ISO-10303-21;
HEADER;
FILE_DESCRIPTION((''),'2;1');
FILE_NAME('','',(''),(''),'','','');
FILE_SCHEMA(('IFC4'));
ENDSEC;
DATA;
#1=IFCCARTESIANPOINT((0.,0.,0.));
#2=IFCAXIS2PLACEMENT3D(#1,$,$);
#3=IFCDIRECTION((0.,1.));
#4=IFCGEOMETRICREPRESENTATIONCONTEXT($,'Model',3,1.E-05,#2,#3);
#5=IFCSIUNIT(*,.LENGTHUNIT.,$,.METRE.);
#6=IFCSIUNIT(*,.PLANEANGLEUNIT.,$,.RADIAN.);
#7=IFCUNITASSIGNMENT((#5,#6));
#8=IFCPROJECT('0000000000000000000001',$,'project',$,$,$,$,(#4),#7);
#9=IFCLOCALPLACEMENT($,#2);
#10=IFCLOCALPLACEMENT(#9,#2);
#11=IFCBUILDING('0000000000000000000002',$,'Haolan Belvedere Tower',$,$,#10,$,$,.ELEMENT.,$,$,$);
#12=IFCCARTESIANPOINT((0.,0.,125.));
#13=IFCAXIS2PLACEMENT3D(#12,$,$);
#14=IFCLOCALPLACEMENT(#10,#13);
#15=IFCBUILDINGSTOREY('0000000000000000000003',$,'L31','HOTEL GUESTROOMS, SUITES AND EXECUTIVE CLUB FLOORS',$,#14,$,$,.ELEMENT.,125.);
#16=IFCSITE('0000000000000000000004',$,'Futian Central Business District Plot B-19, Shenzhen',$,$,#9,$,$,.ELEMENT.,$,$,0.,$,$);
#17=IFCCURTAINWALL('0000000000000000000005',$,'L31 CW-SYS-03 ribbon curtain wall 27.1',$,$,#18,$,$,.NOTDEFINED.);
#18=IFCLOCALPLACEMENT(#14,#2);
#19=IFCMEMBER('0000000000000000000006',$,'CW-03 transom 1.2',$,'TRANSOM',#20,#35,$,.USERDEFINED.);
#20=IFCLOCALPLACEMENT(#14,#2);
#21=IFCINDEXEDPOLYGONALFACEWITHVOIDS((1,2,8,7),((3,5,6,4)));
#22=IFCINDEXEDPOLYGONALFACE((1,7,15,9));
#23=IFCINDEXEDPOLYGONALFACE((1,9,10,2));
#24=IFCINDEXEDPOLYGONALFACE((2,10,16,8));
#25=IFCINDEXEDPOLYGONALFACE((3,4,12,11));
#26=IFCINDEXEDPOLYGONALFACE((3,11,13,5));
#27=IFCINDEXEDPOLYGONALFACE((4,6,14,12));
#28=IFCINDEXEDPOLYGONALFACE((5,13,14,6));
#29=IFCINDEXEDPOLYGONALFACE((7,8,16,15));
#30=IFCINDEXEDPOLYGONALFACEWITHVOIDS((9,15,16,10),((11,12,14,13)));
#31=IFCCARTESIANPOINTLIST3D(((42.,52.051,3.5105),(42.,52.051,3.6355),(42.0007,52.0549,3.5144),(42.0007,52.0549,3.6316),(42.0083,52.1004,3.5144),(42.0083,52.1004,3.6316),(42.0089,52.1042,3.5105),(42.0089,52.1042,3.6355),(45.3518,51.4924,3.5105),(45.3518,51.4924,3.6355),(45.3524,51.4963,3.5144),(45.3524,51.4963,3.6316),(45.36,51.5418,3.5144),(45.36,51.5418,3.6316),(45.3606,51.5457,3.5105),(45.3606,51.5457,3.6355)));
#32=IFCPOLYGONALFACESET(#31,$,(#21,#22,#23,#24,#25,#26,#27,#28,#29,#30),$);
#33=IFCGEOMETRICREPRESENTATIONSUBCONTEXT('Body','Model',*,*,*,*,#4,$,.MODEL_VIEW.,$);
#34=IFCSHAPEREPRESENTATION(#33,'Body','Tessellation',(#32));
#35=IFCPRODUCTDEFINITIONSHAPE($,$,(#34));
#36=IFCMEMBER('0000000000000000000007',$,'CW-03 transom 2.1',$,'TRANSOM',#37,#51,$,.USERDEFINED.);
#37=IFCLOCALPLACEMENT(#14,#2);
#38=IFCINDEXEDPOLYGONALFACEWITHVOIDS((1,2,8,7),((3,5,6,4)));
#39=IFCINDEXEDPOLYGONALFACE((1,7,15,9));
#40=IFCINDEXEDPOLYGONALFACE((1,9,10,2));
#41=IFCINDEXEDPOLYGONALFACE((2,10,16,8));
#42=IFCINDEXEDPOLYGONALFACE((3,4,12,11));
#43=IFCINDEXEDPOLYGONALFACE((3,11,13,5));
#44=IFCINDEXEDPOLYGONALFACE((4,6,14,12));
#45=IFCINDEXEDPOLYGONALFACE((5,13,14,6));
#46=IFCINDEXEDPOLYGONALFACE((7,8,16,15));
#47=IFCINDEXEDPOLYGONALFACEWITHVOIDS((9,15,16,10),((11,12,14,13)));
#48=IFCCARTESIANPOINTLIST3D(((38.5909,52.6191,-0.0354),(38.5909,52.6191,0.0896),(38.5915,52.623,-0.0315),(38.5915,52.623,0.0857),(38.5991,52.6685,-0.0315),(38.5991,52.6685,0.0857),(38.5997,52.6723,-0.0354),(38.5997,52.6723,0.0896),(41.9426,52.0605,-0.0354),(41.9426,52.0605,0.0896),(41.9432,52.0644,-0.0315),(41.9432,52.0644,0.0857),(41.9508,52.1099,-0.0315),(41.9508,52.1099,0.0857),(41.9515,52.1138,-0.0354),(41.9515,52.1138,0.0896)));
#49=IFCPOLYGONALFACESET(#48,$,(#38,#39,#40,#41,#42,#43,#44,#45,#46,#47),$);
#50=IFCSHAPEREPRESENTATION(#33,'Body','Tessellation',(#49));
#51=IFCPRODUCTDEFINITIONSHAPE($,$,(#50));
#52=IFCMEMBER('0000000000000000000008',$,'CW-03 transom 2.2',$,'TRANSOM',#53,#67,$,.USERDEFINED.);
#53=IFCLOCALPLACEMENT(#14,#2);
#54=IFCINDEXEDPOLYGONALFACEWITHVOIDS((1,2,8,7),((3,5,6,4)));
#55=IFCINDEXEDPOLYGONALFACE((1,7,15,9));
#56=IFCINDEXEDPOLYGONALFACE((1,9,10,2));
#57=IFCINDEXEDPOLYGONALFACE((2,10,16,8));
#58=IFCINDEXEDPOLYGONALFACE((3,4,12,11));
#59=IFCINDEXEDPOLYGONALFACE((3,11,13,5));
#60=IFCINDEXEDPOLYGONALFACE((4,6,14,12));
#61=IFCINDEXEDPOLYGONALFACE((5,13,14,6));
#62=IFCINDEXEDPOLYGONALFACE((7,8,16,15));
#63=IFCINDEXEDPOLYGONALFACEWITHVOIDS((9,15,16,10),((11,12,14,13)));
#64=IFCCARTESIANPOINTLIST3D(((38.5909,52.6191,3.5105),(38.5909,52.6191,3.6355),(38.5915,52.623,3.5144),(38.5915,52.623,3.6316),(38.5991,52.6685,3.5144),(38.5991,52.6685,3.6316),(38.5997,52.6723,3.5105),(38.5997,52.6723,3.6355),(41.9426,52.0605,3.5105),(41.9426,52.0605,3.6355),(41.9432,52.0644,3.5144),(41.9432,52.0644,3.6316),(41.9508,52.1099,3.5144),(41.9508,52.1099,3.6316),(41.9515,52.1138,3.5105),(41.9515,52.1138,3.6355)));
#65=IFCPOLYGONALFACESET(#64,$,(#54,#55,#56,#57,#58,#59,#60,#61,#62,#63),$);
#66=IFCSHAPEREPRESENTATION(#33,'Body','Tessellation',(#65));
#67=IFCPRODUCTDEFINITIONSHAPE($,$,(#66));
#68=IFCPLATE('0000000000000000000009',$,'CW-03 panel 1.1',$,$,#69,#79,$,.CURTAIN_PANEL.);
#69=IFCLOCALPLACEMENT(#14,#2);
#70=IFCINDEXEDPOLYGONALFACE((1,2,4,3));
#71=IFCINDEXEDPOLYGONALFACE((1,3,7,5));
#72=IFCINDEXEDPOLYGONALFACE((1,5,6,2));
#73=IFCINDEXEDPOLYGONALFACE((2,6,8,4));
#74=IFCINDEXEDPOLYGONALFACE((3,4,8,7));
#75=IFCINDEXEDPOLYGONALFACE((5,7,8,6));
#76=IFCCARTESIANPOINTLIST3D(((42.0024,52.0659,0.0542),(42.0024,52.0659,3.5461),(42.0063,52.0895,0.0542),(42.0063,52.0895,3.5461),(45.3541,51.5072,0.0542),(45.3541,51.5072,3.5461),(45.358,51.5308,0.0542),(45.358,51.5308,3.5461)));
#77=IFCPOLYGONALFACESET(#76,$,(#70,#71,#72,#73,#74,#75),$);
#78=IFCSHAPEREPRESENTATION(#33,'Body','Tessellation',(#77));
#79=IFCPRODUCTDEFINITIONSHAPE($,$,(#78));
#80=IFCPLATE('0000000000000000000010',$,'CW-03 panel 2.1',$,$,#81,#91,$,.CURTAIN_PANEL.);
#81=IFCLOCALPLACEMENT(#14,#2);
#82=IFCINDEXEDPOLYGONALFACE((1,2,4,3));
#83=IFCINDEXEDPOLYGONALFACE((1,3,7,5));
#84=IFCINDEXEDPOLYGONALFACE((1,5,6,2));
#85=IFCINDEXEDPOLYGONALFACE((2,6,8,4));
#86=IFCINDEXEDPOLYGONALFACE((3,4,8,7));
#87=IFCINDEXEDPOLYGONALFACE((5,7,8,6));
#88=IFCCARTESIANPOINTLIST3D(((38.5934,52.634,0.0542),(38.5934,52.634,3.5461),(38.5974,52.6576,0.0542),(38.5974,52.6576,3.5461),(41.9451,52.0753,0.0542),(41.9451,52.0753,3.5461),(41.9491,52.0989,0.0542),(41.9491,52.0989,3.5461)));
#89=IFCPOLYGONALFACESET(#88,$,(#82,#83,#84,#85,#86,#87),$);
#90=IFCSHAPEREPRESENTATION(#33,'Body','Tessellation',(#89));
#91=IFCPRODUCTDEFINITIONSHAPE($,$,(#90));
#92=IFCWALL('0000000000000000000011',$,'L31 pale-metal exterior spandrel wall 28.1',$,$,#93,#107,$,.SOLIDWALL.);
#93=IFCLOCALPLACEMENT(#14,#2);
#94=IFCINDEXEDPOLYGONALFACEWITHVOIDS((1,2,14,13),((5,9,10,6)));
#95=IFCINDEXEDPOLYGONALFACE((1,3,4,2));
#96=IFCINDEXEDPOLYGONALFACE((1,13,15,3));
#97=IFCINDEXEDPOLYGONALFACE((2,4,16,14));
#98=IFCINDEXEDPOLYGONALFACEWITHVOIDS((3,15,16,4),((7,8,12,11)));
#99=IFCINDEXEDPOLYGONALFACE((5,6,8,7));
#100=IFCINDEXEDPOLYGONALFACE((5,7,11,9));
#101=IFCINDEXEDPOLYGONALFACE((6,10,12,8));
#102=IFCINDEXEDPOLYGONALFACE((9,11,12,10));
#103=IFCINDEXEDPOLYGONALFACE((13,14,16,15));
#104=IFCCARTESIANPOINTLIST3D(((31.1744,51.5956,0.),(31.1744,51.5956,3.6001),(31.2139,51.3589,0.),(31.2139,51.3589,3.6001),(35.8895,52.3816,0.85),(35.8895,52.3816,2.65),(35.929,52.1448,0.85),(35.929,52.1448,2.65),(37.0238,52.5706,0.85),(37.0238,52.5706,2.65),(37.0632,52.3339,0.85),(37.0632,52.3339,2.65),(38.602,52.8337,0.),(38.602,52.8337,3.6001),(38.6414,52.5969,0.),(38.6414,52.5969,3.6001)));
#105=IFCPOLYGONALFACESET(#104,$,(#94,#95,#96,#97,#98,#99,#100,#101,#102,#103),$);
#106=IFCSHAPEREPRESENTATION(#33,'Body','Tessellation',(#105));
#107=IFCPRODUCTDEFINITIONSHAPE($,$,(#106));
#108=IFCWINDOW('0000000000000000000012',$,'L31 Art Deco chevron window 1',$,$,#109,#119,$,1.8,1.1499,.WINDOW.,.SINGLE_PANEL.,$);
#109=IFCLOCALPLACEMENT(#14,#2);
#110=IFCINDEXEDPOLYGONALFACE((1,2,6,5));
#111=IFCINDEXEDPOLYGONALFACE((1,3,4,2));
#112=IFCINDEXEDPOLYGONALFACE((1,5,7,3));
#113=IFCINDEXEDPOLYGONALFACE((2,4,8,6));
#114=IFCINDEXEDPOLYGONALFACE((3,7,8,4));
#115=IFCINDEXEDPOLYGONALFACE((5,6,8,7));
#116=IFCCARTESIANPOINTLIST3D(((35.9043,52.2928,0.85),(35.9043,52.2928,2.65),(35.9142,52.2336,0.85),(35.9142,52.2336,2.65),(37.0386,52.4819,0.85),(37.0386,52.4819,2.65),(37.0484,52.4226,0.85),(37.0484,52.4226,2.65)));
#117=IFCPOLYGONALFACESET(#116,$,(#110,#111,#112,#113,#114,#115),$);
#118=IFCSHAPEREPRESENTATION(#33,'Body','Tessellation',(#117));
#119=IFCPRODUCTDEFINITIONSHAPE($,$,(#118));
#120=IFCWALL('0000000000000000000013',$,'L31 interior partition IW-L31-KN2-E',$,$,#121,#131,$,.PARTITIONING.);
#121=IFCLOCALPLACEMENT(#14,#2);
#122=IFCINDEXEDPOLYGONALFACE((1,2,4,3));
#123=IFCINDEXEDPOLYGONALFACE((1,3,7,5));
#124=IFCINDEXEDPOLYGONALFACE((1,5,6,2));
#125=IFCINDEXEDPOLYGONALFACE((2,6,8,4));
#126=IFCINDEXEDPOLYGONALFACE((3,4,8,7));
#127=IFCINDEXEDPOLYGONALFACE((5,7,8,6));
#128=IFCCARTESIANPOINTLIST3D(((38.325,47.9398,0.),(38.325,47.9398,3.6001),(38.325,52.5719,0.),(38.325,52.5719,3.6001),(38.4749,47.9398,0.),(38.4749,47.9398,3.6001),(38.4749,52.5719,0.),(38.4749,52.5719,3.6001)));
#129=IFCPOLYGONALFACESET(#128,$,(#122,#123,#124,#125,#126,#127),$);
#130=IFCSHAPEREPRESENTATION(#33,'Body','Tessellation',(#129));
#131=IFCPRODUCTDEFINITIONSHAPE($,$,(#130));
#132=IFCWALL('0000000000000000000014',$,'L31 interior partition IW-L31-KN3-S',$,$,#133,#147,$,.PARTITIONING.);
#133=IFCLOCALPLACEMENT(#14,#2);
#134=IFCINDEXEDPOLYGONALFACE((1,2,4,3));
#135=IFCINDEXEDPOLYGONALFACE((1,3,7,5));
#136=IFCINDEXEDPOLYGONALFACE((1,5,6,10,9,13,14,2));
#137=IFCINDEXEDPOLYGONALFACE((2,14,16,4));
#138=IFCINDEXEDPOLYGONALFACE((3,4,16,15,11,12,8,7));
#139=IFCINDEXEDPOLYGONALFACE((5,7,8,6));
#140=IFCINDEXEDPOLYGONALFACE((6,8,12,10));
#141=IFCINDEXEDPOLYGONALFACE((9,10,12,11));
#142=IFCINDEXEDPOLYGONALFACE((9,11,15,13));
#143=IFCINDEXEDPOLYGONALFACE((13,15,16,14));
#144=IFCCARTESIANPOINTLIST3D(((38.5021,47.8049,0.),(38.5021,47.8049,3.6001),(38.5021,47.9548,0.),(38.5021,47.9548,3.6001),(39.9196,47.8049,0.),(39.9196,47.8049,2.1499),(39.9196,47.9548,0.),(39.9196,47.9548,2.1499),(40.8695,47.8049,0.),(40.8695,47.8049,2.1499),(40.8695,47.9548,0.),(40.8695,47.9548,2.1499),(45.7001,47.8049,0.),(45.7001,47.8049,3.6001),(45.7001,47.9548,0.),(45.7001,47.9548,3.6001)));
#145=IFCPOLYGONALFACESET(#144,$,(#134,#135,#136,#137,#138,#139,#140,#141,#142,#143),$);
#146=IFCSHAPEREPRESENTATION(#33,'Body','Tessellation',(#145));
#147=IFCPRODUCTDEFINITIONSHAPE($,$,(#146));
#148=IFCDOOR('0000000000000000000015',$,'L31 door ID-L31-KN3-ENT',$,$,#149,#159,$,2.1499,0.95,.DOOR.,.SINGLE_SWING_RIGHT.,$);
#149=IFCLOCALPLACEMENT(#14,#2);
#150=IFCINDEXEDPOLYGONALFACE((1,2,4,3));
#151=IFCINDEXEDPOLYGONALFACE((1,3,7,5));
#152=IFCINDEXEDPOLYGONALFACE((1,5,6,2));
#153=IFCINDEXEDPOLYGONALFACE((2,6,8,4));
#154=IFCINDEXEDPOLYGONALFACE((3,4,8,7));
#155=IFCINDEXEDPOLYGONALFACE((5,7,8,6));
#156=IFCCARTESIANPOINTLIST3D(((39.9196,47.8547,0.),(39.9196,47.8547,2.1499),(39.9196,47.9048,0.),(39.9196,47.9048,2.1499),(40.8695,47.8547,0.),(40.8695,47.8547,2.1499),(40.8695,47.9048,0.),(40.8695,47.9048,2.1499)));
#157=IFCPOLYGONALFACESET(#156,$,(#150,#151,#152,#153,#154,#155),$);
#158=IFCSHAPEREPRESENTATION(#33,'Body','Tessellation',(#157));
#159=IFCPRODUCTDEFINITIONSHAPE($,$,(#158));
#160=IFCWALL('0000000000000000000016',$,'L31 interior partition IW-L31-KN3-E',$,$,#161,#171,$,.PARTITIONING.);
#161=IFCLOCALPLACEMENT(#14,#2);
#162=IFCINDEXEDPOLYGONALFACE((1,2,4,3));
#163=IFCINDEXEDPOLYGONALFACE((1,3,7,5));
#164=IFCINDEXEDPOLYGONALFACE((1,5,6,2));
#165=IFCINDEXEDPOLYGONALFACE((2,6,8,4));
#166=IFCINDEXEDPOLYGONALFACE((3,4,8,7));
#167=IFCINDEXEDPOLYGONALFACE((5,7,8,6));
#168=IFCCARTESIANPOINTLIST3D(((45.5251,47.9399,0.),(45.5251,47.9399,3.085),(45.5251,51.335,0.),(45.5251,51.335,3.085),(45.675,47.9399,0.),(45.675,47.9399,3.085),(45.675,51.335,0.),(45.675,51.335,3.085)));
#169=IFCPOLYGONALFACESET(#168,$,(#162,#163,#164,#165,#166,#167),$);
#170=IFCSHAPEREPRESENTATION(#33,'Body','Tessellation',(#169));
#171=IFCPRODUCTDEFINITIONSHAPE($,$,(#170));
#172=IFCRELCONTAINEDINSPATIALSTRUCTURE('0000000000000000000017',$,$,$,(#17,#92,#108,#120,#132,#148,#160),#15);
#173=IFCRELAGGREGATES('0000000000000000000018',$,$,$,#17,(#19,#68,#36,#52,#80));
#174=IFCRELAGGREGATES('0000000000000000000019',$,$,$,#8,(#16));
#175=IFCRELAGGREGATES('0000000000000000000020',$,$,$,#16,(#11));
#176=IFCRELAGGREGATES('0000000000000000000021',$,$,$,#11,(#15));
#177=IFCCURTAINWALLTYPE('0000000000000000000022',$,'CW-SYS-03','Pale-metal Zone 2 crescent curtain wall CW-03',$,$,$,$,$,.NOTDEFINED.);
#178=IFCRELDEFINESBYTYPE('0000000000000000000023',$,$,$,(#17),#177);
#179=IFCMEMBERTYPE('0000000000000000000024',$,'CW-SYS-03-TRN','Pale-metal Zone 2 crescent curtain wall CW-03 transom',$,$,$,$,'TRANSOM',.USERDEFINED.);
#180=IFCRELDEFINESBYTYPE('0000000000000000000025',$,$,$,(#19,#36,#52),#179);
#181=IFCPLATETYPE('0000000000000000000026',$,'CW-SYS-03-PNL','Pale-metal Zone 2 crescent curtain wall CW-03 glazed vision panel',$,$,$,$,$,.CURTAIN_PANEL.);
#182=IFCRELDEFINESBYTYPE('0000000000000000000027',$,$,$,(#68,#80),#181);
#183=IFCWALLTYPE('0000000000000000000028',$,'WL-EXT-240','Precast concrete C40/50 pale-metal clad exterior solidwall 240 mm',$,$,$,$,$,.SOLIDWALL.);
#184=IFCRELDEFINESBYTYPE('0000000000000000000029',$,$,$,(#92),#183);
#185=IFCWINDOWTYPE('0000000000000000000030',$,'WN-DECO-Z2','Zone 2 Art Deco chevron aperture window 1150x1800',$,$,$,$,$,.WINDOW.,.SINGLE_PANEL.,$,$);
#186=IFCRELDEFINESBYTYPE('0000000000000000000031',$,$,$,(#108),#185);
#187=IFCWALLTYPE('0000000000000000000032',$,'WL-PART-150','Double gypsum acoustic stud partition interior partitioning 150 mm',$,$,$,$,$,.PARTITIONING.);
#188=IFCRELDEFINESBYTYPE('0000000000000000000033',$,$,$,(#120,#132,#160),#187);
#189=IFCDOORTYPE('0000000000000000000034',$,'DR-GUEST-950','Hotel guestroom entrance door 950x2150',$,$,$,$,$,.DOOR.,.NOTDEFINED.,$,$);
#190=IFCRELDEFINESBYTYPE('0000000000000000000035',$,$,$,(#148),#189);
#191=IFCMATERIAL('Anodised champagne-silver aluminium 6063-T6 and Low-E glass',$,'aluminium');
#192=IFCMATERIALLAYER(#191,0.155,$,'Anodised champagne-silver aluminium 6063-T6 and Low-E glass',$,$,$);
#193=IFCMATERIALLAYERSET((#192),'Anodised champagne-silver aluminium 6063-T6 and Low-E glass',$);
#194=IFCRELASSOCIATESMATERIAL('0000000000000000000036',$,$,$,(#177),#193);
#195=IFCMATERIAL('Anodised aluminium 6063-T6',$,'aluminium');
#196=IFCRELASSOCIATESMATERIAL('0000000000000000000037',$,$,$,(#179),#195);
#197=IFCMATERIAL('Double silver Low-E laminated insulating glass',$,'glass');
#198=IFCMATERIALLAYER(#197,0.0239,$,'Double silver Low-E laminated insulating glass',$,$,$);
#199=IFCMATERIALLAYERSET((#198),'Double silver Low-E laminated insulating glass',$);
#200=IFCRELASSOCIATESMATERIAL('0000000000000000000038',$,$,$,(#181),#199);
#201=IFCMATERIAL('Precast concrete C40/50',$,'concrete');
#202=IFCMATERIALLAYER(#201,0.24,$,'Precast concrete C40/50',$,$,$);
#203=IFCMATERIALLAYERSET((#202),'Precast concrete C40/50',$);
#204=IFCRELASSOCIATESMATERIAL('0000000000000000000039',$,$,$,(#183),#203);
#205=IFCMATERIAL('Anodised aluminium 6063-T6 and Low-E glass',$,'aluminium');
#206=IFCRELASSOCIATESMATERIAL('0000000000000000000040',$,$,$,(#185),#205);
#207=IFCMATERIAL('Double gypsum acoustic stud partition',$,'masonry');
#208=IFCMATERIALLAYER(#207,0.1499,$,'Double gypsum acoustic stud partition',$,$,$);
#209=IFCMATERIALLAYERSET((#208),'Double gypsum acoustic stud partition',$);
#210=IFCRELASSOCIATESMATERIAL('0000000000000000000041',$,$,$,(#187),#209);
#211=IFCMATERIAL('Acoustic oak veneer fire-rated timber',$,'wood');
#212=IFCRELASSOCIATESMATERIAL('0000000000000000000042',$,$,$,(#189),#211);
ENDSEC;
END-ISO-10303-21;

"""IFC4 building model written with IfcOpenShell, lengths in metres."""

from ifc_helpers import new_model, si_unit, direction, frame, frame_2d, origin, origin_2d, place, context, subcontext, project, spatial, rectangle, hollow_rectangle, extrude, material, layer, layer_set, material_profile, profile_set, type_object, element, fill, aggregate, save


model = new_model("IFC4")

# Units and contexts
model_context = context("Model", 3, precision=1e-05, world=origin(), true_north=direction((0.0, 1.0)))
body_context = subcontext(model_context, "Body", "Model", "MODEL_VIEW")
ifc_project = project(units=[si_unit("LENGTHUNIT", "METRE"), si_unit("PLANEANGLEUNIT", "RADIAN")], contexts=[model_context])

# Site, building, storey
site_placement = place(None, origin())
site = spatial("IfcSite", under=ifc_project, at=site_placement, Name="Futian Central Business District Plot B-19, Shenzhen", CompositionType="ELEMENT", RefElevation=0.0)
building_placement = place(site_placement, origin())
building = spatial("IfcBuilding", under=site, at=building_placement, Name="Haolan Belvedere Tower", CompositionType="ELEMENT")
storey_placement = place(building_placement, frame((0.0, 0.0, 125.0)))
storey = spatial("IfcBuildingStorey", under=building, at=storey_placement, Name="L31", Description="HOTEL GUESTROOMS, SUITES AND EXECUTIVE CLUB FLOORS", CompositionType="ELEMENT", Elevation=125.0)

# Curtain wall, members, plates
ifc_material_1 = material(Name="Anodised champagne-silver aluminium 6063-T6 and Low-E glass", Category="aluminium")
ifc_layer_1 = layer(ifc_material_1, 0.155, Name="Anodised champagne-silver aluminium 6063-T6 and Low-E glass")
ifc_layer_set_1 = layer_set([ifc_layer_1], Name="Anodised champagne-silver aluminium 6063-T6 and Low-E glass")
curtain_wall_type = type_object("IfcCurtainWallType", Name="CW-SYS-03", Description="Pale-metal Zone 2 crescent curtain wall CW-03", PredefinedType="NOTDEFINED", material=ifc_layer_set_1)
curtain_wall_placement = place(storey_placement, origin())
curtain_wall = element("IfcCurtainWall", 1, at=curtain_wall_placement, inside=storey, type_object=curtain_wall_type, Name="L31 CW-SYS-03 ribbon curtain wall 27.1", PredefinedType="NOTDEFINED")
ifc_material_2 = material(Name="Anodised aluminium 6063-T6", Category="aluminium")
ifc_material_profile_1 = material_profile(ifc_material_2, hollow_rectangle(XDim=0.054, YDim=0.125, WallThickness=0.0039, at=origin_2d()), Name="Anodised aluminium 6063-T6")
ifc_profile_set_1 = profile_set([ifc_material_profile_1], Name="Anodised aluminium 6063-T6")
member_type_1 = type_object("IfcMemberType", Name="CW-SYS-03-TRN", Description="Pale-metal Zone 2 crescent curtain wall CW-03 transom", ElementType="TRANSOM", PredefinedType="USERDEFINED", material=ifc_profile_set_1)
member_1_placement = place(storey_placement, frame((45.3562, 51.519, 3.573), z_axis=(-0.986396, 0.164387, 0.0), x_axis=(-0.164387, -0.986396, 0.0)))
member_1 = element("IfcMember", 2, at=member_1_placement, type_object=member_type_1, Name="CW-03 transom 1.2", ObjectType="TRANSOM", PredefinedType="USERDEFINED", context=body_context, shape_type="SweptSolid", body=[
    extrude(hollow_rectangle(XDim=0.054, YDim=0.125, WallThickness=0.0039, at=origin_2d()), origin(), (0.0, 0.0, 1.0), 3.3979),
])
member_2_placement = place(storey_placement, frame((41.947, 52.0872, 0.0271), z_axis=(-0.986396, 0.164387, 0.0), x_axis=(-0.164387, -0.986396, 0.0)))
member_2 = element("IfcMember", 3, at=member_2_placement, type_object=member_type_1, Name="CW-03 transom 2.1", ObjectType="TRANSOM", PredefinedType="USERDEFINED", context=body_context, shape_type="SweptSolid", body=[
    extrude(hollow_rectangle(XDim=0.054, YDim=0.125, WallThickness=0.0039, at=origin_2d()), origin(), (0.0, 0.0, 1.0), 3.3979),
])
member_3_placement = place(storey_placement, frame((41.947, 52.0872, 3.573), z_axis=(-0.986396, 0.164387, 0.0), x_axis=(-0.164387, -0.986396, 0.0)))
member_3 = element("IfcMember", 4, at=member_3_placement, type_object=member_type_1, Name="CW-03 transom 2.2", ObjectType="TRANSOM", PredefinedType="USERDEFINED", context=body_context, shape_type="SweptSolid", body=[
    extrude(hollow_rectangle(XDim=0.054, YDim=0.125, WallThickness=0.0039, at=origin_2d()), origin(), (0.0, 0.0, 1.0), 3.3979),
])
ifc_material_3 = material(Name="Double silver Low-E laminated insulating glass", Category="glass")
ifc_layer_2 = layer(ifc_material_3, 0.0239, Name="Double silver Low-E laminated insulating glass")
ifc_layer_set_2 = layer_set([ifc_layer_2], Name="Double silver Low-E laminated insulating glass")
plate_type = type_object("IfcPlateType", Name="CW-SYS-03-PNL", Description="Pale-metal Zone 2 crescent curtain wall CW-03 glazed vision panel", PredefinedType="CURTAIN_PANEL", material=ifc_layer_set_2)
plate_1_placement = place(storey_placement, frame((43.6802, 51.7983, 0.0542), z_axis=(0.0, 0.0, 1.0), x_axis=(-0.986393, 0.164404, 0.0)))
plate_1 = element("IfcPlate", 5, at=plate_1_placement, type_object=plate_type, Name="CW-03 panel 1.1", PredefinedType="CURTAIN_PANEL", context=body_context, shape_type="SweptSolid", body=[
    extrude(rectangle(XDim=3.3979, YDim=0.0239, at=origin_2d()), origin(), (0.0, 0.0, 1.0), 3.4919),
])
plate_2_placement = place(storey_placement, frame((40.2712, 52.3665, 0.0542), z_axis=(0.0, 0.0, 1.0), x_axis=(-0.986393, 0.164404, 0.0)))
plate_2 = element("IfcPlate", 6, at=plate_2_placement, type_object=plate_type, Name="CW-03 panel 2.1", PredefinedType="CURTAIN_PANEL", context=body_context, shape_type="SweptSolid", body=[
    extrude(rectangle(XDim=3.3979, YDim=0.0239, at=origin_2d()), origin(), (0.0, 0.0, 1.0), 3.4919),
])
aggregate(curtain_wall, [member_1, plate_1, member_2, member_3, plate_2])

# Wall, opening, window
ifc_material_4 = material(Name="Precast concrete C40/50", Category="concrete")
ifc_layer_3 = layer(ifc_material_4, 0.24, Name="Precast concrete C40/50")
ifc_layer_set_3 = layer_set([ifc_layer_3], Name="Precast concrete C40/50")
wall_type_1 = type_object("IfcWallType", Name="WL-EXT-240", Description="Precast concrete C40/50 pale-metal clad exterior solidwall 240 mm", PredefinedType="SOLIDWALL", material=ifc_layer_set_3)
wall_1_placement = place(storey_placement, frame((38.6218, 52.7153, 0.0), z_axis=(0.0, 0.0, 1.0), x_axis=(-0.986391, -0.164415, 0.0)))
wall_1 = element("IfcWall", 7, at=wall_1_placement, inside=storey, type_object=wall_type_1, Name="L31 pale-metal exterior spandrel wall 28.1", PredefinedType="SOLIDWALL", context=body_context, shape_type="SweptSolid", body=[
    extrude(rectangle(XDim=7.53, YDim=0.24, at=frame_2d((3.7651, 0.0))), origin(), (0.0, 0.0, 1.0), 3.6001),
])
opening_1_placement = place(wall_1_placement, frame((1.6001, 0.0, 0.8501)))
opening_1 = element("IfcOpeningElement", 8, at=opening_1_placement, cuts=wall_1, PredefinedType="OPENING", context=body_context, shape_type="SweptSolid", body=[
    extrude(rectangle(XDim=1.1499, YDim=1.8, at=frame_2d((0.575, 0.8999))), frame((0.0, 0.1299, 0.0), z_axis=(0.0, -1.0, 0.0), x_axis=(1.0, 0.0, 0.0)), (0.0, 0.0, 1.0), 0.26),
])
ifc_material_5 = material(Name="Anodised aluminium 6063-T6 and Low-E glass", Category="aluminium")
window_type = type_object("IfcWindowType", Name="WN-DECO-Z2", Description="Zone 2 Art Deco chevron aperture window 1150x1800", PartitioningType="SINGLE_PANEL", PredefinedType="WINDOW", material=ifc_material_5)
window_placement = place(opening_1_placement, origin())
window = element("IfcWindow", 9, at=window_placement, inside=storey, type_object=window_type, Name="L31 Art Deco chevron window 1", OverallHeight=1.8, OverallWidth=1.1499, PartitioningType="SINGLE_PANEL", PredefinedType="WINDOW", context=body_context, shape_type="SweptSolid", body=[
    extrude(rectangle(XDim=1.1499, YDim=1.8, at=frame_2d((0.575, 0.8999))), frame((0.0, 0.03, 0.0), z_axis=(0.0, -1.0, 0.0), x_axis=(1.0, 0.0, 0.0)), (0.0, 0.0, 1.0), 0.0601),
])
fill(opening_1, window)

# Wall
ifc_material_6 = material(Name="Double gypsum acoustic stud partition", Category="masonry")
ifc_layer_4 = layer(ifc_material_6, 0.1499, Name="Double gypsum acoustic stud partition")
ifc_layer_set_4 = layer_set([ifc_layer_4], Name="Double gypsum acoustic stud partition")
wall_type_2 = type_object("IfcWallType", Name="WL-PART-150", Description="Double gypsum acoustic stud partition interior partitioning 150 mm", PredefinedType="PARTITIONING", material=ifc_layer_set_4)
wall_2_placement = place(storey_placement, frame((38.3999, 47.9399, 0.0), z_axis=(0.0, 0.0, 1.0), x_axis=(0.0, 1.0, 0.0)))
element("IfcWall", 10, at=wall_2_placement, inside=storey, type_object=wall_type_2, Name="L31 interior partition IW-L31-KN2-E", PredefinedType="PARTITIONING", context=body_context, shape_type="SweptSolid", body=[
    extrude(rectangle(XDim=4.6321, YDim=0.1499, at=frame_2d((2.3159, 0.0))), origin(), (0.0, 0.0, 1.0), 3.6001),
])

# Wall, opening, door
wall_3_placement = place(storey_placement, frame((38.502, 47.8799, 0.0), z_axis=(0.0, 0.0, 1.0), x_axis=(1.0, 0.0, 0.0)))
wall_3 = element("IfcWall", 11, at=wall_3_placement, inside=storey, type_object=wall_type_2, Name="L31 interior partition IW-L31-KN3-S", PredefinedType="PARTITIONING", context=body_context, shape_type="SweptSolid", body=[
    extrude(rectangle(XDim=7.198, YDim=0.1499, at=frame_2d((3.5991, 0.0))), origin(), (0.0, 0.0, 1.0), 3.6001),
])
opening_2_placement = place(wall_3_placement, frame((1.4175, 0.0, 0.0)))
opening_2 = element("IfcOpeningElement", 12, at=opening_2_placement, cuts=wall_3, PredefinedType="OPENING", context=body_context, shape_type="SweptSolid", body=[
    extrude(rectangle(XDim=0.95, YDim=2.1499, at=frame_2d((0.4751, 1.075))), frame((0.0, 0.085, 0.0), z_axis=(0.0, -1.0, 0.0), x_axis=(1.0, 0.0, 0.0)), (0.0, 0.0, 1.0), 0.1699),
])
ifc_material_7 = material(Name="Acoustic oak veneer fire-rated timber", Category="wood")
door_type_1 = type_object("IfcDoorType", Name="DR-GUEST-950", Description="Hotel guestroom entrance door 950x2150", OperationType="NOTDEFINED", PredefinedType="DOOR", material=ifc_material_7)
door_1_placement = place(opening_2_placement, origin())
door_1 = element("IfcDoor", 13, at=door_1_placement, inside=storey, type_object=door_type_1, Name="L31 door ID-L31-KN3-ENT", OperationType="SINGLE_SWING_RIGHT", OverallHeight=2.1499, OverallWidth=0.95, PredefinedType="DOOR", context=body_context, shape_type="SweptSolid", body=[
    extrude(rectangle(XDim=0.95, YDim=2.1499, at=frame_2d((0.4751, 1.075))), frame((0.0, 0.0249, 0.0), z_axis=(0.0, -1.0, 0.0), x_axis=(1.0, 0.0, 0.0)), (0.0, 0.0, 1.0), 0.05),
])
fill(opening_2, door_1)

# Wall
wall_4_placement = place(storey_placement, frame((45.6001, 47.9399, 0.0), z_axis=(0.0, 0.0, 1.0), x_axis=(0.0, 1.0, 0.0)))
element("IfcWall", 14, at=wall_4_placement, inside=storey, type_object=wall_type_2, Name="L31 interior partition IW-L31-KN3-E", PredefinedType="PARTITIONING", context=body_context, shape_type="SweptSolid", body=[
    extrude(rectangle(XDim=3.395, YDim=0.1499, at=frame_2d((1.6975, 0.0))), origin(), (0.0, 0.0, 1.0), 3.085),
])

save(model, "model.ifc")
